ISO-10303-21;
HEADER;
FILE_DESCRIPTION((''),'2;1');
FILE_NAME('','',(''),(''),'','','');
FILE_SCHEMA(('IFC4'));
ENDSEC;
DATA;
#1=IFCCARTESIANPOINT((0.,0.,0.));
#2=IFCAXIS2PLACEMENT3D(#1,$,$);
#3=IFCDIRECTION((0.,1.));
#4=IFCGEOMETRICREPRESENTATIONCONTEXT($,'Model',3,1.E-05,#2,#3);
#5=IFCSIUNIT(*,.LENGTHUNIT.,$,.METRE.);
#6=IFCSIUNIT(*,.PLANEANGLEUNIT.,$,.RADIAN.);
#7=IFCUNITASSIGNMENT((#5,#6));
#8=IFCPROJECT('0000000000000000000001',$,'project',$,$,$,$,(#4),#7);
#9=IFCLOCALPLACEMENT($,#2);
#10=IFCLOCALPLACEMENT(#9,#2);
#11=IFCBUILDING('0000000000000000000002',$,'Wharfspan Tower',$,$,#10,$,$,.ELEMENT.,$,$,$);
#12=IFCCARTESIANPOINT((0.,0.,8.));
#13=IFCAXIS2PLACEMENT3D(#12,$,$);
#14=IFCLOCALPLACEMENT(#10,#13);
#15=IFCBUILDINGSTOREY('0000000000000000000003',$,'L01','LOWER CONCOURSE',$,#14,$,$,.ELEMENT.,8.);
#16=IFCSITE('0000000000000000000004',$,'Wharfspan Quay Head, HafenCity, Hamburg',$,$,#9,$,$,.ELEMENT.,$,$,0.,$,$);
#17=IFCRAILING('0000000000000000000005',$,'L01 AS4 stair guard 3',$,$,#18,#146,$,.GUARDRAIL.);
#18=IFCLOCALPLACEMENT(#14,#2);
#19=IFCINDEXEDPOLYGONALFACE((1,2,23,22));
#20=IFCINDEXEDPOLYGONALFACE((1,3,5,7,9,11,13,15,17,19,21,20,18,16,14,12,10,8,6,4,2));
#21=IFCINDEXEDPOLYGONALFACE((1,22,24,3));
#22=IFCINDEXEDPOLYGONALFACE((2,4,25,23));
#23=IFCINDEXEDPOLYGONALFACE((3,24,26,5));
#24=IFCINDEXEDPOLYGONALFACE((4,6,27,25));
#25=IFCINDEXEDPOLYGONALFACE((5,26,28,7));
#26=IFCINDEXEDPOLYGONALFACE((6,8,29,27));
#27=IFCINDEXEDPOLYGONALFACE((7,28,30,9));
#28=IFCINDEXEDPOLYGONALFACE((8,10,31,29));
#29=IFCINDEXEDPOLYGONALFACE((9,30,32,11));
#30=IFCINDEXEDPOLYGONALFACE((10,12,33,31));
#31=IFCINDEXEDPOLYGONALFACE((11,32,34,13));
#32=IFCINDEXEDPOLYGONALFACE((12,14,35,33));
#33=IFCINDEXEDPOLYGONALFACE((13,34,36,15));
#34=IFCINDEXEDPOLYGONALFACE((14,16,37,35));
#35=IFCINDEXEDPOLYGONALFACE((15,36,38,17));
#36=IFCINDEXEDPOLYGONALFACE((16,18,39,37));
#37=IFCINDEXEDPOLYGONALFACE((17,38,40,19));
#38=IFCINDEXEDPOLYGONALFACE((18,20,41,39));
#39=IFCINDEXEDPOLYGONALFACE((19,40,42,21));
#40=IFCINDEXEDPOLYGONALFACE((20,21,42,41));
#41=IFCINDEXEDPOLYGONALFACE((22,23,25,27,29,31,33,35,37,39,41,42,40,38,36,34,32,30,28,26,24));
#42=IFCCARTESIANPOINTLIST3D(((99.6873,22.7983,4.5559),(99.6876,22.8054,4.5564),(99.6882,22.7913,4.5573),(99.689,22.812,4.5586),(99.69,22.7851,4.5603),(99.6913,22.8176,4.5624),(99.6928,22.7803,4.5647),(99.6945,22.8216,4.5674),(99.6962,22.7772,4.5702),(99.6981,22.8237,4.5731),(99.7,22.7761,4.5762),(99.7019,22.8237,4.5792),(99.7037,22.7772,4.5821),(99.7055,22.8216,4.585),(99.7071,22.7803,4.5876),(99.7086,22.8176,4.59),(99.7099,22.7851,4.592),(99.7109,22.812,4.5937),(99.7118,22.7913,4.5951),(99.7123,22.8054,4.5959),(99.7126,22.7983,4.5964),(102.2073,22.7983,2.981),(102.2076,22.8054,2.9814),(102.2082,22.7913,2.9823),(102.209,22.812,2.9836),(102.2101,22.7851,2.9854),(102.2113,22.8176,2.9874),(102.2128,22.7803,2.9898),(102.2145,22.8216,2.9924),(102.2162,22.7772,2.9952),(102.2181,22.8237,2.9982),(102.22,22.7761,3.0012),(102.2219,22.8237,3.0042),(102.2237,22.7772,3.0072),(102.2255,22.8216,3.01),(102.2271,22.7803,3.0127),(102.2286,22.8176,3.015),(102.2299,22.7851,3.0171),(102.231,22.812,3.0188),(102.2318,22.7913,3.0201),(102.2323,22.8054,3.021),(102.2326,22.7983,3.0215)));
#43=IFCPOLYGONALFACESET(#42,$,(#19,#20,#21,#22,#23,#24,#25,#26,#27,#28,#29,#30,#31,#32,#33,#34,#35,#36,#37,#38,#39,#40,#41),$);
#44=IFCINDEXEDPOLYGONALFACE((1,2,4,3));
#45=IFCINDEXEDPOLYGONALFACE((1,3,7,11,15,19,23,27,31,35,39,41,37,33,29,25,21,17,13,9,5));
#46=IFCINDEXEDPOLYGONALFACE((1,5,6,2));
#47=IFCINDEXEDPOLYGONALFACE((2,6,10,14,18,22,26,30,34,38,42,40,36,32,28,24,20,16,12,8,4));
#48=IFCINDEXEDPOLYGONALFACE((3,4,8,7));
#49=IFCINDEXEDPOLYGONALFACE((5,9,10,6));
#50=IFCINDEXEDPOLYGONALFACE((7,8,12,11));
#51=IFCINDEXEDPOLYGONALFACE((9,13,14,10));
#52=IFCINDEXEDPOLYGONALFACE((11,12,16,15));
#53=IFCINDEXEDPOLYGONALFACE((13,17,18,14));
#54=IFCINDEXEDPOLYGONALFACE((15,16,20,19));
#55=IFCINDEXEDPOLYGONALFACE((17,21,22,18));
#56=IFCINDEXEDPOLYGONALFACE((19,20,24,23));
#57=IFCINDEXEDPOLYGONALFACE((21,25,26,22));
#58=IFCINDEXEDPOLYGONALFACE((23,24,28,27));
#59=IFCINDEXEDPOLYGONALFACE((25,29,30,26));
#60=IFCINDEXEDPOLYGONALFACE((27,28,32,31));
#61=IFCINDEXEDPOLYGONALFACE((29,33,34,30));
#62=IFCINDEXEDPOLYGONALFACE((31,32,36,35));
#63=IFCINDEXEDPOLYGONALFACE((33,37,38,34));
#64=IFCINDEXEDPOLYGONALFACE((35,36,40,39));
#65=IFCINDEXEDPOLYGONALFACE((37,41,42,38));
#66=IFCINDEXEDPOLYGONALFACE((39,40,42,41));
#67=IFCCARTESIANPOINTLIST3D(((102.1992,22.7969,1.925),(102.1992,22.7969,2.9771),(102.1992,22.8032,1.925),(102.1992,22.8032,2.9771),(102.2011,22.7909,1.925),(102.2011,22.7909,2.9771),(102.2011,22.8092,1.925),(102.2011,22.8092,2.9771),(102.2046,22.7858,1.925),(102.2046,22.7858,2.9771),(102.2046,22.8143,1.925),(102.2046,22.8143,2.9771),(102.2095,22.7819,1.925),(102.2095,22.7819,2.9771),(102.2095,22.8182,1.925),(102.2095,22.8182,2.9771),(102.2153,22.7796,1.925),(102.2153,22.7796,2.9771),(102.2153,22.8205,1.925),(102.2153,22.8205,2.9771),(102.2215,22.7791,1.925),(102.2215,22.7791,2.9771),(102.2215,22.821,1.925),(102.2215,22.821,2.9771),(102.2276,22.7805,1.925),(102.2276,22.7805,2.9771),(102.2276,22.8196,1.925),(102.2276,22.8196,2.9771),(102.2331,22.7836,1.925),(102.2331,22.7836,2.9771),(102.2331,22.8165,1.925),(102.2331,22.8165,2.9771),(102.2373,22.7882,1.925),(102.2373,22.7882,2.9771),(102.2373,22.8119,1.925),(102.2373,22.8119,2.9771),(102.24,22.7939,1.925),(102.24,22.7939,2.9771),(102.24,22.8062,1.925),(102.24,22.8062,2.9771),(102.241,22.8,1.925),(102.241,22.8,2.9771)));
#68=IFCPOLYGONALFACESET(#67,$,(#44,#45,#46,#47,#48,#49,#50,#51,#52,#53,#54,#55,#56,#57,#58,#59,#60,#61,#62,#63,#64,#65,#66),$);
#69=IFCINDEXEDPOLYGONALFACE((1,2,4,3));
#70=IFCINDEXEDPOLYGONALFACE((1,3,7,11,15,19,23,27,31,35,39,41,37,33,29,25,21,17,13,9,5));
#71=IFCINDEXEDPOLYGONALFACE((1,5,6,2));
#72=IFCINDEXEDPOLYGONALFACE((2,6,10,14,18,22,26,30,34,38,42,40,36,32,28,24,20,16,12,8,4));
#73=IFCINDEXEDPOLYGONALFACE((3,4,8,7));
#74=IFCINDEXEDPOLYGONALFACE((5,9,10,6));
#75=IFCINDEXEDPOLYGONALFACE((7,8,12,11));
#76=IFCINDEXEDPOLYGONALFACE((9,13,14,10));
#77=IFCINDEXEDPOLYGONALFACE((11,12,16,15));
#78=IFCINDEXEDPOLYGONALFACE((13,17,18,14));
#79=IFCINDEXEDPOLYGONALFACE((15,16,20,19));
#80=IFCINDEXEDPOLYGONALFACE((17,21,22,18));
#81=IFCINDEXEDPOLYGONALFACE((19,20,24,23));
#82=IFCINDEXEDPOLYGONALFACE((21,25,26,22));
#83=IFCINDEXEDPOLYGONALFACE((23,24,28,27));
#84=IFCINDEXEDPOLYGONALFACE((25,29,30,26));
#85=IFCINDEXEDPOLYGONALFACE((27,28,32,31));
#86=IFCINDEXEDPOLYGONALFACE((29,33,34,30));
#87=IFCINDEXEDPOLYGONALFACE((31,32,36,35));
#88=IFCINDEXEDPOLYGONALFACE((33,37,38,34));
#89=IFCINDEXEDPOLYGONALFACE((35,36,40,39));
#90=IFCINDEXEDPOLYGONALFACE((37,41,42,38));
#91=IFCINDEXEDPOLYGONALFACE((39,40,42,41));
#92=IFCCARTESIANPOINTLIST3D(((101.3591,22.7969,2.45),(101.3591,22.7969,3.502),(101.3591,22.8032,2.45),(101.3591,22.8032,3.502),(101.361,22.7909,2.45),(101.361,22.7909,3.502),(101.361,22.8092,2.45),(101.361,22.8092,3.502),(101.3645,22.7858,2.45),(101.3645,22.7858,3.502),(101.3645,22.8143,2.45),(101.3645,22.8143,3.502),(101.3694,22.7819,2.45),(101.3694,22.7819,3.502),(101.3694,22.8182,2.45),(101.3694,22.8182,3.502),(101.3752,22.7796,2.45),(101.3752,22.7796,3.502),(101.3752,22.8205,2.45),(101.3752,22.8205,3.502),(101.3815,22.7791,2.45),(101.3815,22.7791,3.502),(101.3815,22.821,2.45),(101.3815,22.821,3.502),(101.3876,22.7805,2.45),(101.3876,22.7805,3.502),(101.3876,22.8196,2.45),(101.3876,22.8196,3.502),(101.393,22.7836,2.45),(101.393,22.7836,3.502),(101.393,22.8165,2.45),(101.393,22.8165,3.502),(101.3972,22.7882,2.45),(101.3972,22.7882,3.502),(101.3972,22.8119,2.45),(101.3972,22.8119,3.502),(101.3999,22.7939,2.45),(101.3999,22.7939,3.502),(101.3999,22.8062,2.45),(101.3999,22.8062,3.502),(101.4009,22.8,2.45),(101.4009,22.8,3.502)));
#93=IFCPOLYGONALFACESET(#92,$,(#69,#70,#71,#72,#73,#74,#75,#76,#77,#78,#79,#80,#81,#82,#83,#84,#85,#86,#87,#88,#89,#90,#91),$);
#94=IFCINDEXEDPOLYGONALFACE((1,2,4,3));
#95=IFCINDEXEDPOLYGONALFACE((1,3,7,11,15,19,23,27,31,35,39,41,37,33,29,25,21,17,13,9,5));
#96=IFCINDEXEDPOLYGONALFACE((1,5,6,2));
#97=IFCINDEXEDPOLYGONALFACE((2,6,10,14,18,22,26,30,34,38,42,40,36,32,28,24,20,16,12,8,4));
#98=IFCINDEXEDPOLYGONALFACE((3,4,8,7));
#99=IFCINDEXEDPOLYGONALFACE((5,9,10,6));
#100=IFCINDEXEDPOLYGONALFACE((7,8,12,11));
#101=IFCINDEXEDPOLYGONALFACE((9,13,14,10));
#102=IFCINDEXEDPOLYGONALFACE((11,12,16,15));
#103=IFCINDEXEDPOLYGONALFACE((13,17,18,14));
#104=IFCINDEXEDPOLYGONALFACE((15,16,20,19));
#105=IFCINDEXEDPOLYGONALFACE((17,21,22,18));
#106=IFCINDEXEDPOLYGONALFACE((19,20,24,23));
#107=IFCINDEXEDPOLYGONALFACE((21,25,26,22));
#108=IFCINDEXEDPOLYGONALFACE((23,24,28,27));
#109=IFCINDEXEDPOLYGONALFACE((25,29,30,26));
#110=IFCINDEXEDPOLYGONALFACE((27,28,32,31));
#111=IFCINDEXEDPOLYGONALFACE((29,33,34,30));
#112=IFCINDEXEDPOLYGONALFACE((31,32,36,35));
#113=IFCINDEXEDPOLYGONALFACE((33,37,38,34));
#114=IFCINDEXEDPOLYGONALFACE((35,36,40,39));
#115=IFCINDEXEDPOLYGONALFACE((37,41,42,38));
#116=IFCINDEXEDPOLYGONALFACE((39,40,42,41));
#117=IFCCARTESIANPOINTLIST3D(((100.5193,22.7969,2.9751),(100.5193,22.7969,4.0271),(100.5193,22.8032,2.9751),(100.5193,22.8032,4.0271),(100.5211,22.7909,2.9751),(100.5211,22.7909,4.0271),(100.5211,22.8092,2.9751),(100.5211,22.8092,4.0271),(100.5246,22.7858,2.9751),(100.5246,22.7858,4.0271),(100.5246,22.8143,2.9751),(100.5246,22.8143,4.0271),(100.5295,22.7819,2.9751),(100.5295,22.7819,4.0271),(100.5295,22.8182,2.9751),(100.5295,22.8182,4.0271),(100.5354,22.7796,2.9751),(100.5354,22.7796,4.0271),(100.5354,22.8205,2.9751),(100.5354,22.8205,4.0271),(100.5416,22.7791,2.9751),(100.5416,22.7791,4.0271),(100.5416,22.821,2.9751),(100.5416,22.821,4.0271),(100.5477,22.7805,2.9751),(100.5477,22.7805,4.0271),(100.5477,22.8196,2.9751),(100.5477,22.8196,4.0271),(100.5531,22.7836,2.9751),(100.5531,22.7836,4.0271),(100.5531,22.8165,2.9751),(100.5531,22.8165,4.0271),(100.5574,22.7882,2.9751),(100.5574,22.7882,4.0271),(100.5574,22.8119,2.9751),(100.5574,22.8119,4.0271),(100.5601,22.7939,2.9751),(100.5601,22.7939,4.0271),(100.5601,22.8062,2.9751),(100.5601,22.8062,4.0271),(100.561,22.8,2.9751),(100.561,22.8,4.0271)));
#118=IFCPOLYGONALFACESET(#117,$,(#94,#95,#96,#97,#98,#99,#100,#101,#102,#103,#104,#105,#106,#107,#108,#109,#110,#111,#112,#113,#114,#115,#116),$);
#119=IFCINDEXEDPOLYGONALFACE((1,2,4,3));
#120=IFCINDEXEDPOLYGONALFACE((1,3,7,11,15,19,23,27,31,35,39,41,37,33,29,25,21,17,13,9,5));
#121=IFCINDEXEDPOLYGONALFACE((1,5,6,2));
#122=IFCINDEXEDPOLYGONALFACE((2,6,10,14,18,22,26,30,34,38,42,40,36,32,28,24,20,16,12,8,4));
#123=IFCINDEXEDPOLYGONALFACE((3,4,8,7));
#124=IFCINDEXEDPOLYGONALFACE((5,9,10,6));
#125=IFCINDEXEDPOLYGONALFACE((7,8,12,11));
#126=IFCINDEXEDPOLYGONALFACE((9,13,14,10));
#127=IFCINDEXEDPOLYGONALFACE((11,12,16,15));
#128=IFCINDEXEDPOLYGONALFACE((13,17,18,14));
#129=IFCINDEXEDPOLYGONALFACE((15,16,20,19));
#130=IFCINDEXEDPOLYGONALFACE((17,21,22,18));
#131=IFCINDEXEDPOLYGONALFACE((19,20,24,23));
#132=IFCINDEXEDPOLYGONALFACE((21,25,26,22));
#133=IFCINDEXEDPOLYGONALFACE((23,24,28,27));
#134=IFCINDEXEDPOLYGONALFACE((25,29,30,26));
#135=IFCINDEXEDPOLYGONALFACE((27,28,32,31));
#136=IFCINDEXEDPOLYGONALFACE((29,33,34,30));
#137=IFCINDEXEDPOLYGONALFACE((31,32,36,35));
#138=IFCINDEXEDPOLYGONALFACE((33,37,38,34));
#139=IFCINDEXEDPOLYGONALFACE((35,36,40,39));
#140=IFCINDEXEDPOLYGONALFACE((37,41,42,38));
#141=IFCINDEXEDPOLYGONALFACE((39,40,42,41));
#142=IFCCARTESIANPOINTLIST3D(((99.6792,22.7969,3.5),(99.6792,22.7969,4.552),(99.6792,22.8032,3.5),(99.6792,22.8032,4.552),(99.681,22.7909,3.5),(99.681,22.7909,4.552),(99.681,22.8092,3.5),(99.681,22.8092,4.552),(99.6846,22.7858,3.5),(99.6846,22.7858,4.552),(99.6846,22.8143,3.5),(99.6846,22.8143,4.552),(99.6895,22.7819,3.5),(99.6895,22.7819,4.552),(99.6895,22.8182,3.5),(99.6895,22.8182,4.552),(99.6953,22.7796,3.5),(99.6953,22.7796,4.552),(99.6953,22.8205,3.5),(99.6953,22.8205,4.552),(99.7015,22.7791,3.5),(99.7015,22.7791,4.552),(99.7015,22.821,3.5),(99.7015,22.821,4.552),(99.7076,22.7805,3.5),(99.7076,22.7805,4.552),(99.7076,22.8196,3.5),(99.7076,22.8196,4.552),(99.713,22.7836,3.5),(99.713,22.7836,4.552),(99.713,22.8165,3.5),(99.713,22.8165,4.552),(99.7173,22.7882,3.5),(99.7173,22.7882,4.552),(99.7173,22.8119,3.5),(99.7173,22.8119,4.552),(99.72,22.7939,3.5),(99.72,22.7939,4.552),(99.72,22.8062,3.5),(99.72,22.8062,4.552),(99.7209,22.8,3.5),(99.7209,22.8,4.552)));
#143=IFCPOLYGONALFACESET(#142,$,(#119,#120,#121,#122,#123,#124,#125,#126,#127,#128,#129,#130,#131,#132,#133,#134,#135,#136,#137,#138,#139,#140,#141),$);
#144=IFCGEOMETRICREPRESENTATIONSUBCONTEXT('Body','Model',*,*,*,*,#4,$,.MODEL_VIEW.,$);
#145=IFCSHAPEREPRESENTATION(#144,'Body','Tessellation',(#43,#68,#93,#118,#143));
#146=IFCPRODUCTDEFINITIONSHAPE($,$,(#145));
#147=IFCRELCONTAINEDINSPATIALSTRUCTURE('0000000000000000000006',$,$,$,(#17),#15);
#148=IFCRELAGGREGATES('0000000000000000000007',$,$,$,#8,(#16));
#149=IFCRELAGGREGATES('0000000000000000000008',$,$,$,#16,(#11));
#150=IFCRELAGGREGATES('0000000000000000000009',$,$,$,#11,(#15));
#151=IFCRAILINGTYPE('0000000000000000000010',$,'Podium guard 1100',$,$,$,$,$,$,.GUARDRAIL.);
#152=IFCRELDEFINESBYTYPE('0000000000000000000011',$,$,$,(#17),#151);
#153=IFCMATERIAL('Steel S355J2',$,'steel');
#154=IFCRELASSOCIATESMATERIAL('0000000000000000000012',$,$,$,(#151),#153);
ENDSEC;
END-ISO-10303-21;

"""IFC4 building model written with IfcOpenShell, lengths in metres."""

from ifc_helpers import new_model, si_unit, direction, frame, origin, origin_2d, place, context, subcontext, project, spatial, circle, extrude, material, type_object, element, save


model = new_model("IFC4")

# Units and contexts
model_context = context("Model", 3, precision=1e-05, world=origin(), true_north=direction((0.0, 1.0)))
body_context = subcontext(model_context, "Body", "Model", "MODEL_VIEW")
ifc_project = project(units=[si_unit("LENGTHUNIT", "METRE"), si_unit("PLANEANGLEUNIT", "RADIAN")], contexts=[model_context])

# Site, building, storey
site_placement = place(None, origin())
site = spatial("IfcSite", under=ifc_project, at=site_placement, Name="Wharfspan Quay Head, HafenCity, Hamburg", CompositionType="ELEMENT", RefElevation=0.0)
building_placement = place(site_placement, origin())
building = spatial("IfcBuilding", under=site, at=building_placement, Name="Wharfspan Tower", CompositionType="ELEMENT")
storey_placement = place(building_placement, frame((0.0, 0.0, 8.0)))
storey = spatial("IfcBuildingStorey", under=building, at=storey_placement, Name="L01", Description="LOWER CONCOURSE", CompositionType="ELEMENT", Elevation=8.0)

# Railing
ifc_material_1 = material(Name="Steel S355J2", Category="steel")
railing_type_1 = type_object("IfcRailingType", Name="Podium guard 1100", PredefinedType="GUARDRAIL", material=ifc_material_1)
railing_1_placement = place(storey_placement, frame((102.22, 22.8, 1.925)))
element("IfcRailing", 1, at=railing_1_placement, inside=storey, type_object=railing_type_1, Name="L01 AS4 stair guard 3", PredefinedType="GUARDRAIL", context=body_context, shape_type="SweptSolid", body=[
    extrude(circle(Radius=0.0239, at=origin_2d()), frame((0.0, 0.0, 1.0762), z_axis=(-0.848008, 0.0, 0.529984), x_axis=(0.0, -1.0, 0.0)), (0.0, 0.0, 1.0), 2.9717),
    extrude(circle(Radius=0.021, at=origin_2d()), origin(), (0.0, 0.0, 1.0), 1.052),
    extrude(circle(Radius=0.021, at=origin_2d()), frame((-0.8401, 0.0, 0.5249)), (0.0, 0.0, 1.0), 1.052),
    extrude(circle(Radius=0.021, at=origin_2d()), frame((-1.6799, 0.0, 1.05)), (0.0, 0.0, 1.0), 1.052),
    extrude(circle(Radius=0.021, at=origin_2d()), frame((-2.52, 0.0, 1.575)), (0.0, 0.0, 1.0), 1.052),
])

save(model, "model.ifc")
